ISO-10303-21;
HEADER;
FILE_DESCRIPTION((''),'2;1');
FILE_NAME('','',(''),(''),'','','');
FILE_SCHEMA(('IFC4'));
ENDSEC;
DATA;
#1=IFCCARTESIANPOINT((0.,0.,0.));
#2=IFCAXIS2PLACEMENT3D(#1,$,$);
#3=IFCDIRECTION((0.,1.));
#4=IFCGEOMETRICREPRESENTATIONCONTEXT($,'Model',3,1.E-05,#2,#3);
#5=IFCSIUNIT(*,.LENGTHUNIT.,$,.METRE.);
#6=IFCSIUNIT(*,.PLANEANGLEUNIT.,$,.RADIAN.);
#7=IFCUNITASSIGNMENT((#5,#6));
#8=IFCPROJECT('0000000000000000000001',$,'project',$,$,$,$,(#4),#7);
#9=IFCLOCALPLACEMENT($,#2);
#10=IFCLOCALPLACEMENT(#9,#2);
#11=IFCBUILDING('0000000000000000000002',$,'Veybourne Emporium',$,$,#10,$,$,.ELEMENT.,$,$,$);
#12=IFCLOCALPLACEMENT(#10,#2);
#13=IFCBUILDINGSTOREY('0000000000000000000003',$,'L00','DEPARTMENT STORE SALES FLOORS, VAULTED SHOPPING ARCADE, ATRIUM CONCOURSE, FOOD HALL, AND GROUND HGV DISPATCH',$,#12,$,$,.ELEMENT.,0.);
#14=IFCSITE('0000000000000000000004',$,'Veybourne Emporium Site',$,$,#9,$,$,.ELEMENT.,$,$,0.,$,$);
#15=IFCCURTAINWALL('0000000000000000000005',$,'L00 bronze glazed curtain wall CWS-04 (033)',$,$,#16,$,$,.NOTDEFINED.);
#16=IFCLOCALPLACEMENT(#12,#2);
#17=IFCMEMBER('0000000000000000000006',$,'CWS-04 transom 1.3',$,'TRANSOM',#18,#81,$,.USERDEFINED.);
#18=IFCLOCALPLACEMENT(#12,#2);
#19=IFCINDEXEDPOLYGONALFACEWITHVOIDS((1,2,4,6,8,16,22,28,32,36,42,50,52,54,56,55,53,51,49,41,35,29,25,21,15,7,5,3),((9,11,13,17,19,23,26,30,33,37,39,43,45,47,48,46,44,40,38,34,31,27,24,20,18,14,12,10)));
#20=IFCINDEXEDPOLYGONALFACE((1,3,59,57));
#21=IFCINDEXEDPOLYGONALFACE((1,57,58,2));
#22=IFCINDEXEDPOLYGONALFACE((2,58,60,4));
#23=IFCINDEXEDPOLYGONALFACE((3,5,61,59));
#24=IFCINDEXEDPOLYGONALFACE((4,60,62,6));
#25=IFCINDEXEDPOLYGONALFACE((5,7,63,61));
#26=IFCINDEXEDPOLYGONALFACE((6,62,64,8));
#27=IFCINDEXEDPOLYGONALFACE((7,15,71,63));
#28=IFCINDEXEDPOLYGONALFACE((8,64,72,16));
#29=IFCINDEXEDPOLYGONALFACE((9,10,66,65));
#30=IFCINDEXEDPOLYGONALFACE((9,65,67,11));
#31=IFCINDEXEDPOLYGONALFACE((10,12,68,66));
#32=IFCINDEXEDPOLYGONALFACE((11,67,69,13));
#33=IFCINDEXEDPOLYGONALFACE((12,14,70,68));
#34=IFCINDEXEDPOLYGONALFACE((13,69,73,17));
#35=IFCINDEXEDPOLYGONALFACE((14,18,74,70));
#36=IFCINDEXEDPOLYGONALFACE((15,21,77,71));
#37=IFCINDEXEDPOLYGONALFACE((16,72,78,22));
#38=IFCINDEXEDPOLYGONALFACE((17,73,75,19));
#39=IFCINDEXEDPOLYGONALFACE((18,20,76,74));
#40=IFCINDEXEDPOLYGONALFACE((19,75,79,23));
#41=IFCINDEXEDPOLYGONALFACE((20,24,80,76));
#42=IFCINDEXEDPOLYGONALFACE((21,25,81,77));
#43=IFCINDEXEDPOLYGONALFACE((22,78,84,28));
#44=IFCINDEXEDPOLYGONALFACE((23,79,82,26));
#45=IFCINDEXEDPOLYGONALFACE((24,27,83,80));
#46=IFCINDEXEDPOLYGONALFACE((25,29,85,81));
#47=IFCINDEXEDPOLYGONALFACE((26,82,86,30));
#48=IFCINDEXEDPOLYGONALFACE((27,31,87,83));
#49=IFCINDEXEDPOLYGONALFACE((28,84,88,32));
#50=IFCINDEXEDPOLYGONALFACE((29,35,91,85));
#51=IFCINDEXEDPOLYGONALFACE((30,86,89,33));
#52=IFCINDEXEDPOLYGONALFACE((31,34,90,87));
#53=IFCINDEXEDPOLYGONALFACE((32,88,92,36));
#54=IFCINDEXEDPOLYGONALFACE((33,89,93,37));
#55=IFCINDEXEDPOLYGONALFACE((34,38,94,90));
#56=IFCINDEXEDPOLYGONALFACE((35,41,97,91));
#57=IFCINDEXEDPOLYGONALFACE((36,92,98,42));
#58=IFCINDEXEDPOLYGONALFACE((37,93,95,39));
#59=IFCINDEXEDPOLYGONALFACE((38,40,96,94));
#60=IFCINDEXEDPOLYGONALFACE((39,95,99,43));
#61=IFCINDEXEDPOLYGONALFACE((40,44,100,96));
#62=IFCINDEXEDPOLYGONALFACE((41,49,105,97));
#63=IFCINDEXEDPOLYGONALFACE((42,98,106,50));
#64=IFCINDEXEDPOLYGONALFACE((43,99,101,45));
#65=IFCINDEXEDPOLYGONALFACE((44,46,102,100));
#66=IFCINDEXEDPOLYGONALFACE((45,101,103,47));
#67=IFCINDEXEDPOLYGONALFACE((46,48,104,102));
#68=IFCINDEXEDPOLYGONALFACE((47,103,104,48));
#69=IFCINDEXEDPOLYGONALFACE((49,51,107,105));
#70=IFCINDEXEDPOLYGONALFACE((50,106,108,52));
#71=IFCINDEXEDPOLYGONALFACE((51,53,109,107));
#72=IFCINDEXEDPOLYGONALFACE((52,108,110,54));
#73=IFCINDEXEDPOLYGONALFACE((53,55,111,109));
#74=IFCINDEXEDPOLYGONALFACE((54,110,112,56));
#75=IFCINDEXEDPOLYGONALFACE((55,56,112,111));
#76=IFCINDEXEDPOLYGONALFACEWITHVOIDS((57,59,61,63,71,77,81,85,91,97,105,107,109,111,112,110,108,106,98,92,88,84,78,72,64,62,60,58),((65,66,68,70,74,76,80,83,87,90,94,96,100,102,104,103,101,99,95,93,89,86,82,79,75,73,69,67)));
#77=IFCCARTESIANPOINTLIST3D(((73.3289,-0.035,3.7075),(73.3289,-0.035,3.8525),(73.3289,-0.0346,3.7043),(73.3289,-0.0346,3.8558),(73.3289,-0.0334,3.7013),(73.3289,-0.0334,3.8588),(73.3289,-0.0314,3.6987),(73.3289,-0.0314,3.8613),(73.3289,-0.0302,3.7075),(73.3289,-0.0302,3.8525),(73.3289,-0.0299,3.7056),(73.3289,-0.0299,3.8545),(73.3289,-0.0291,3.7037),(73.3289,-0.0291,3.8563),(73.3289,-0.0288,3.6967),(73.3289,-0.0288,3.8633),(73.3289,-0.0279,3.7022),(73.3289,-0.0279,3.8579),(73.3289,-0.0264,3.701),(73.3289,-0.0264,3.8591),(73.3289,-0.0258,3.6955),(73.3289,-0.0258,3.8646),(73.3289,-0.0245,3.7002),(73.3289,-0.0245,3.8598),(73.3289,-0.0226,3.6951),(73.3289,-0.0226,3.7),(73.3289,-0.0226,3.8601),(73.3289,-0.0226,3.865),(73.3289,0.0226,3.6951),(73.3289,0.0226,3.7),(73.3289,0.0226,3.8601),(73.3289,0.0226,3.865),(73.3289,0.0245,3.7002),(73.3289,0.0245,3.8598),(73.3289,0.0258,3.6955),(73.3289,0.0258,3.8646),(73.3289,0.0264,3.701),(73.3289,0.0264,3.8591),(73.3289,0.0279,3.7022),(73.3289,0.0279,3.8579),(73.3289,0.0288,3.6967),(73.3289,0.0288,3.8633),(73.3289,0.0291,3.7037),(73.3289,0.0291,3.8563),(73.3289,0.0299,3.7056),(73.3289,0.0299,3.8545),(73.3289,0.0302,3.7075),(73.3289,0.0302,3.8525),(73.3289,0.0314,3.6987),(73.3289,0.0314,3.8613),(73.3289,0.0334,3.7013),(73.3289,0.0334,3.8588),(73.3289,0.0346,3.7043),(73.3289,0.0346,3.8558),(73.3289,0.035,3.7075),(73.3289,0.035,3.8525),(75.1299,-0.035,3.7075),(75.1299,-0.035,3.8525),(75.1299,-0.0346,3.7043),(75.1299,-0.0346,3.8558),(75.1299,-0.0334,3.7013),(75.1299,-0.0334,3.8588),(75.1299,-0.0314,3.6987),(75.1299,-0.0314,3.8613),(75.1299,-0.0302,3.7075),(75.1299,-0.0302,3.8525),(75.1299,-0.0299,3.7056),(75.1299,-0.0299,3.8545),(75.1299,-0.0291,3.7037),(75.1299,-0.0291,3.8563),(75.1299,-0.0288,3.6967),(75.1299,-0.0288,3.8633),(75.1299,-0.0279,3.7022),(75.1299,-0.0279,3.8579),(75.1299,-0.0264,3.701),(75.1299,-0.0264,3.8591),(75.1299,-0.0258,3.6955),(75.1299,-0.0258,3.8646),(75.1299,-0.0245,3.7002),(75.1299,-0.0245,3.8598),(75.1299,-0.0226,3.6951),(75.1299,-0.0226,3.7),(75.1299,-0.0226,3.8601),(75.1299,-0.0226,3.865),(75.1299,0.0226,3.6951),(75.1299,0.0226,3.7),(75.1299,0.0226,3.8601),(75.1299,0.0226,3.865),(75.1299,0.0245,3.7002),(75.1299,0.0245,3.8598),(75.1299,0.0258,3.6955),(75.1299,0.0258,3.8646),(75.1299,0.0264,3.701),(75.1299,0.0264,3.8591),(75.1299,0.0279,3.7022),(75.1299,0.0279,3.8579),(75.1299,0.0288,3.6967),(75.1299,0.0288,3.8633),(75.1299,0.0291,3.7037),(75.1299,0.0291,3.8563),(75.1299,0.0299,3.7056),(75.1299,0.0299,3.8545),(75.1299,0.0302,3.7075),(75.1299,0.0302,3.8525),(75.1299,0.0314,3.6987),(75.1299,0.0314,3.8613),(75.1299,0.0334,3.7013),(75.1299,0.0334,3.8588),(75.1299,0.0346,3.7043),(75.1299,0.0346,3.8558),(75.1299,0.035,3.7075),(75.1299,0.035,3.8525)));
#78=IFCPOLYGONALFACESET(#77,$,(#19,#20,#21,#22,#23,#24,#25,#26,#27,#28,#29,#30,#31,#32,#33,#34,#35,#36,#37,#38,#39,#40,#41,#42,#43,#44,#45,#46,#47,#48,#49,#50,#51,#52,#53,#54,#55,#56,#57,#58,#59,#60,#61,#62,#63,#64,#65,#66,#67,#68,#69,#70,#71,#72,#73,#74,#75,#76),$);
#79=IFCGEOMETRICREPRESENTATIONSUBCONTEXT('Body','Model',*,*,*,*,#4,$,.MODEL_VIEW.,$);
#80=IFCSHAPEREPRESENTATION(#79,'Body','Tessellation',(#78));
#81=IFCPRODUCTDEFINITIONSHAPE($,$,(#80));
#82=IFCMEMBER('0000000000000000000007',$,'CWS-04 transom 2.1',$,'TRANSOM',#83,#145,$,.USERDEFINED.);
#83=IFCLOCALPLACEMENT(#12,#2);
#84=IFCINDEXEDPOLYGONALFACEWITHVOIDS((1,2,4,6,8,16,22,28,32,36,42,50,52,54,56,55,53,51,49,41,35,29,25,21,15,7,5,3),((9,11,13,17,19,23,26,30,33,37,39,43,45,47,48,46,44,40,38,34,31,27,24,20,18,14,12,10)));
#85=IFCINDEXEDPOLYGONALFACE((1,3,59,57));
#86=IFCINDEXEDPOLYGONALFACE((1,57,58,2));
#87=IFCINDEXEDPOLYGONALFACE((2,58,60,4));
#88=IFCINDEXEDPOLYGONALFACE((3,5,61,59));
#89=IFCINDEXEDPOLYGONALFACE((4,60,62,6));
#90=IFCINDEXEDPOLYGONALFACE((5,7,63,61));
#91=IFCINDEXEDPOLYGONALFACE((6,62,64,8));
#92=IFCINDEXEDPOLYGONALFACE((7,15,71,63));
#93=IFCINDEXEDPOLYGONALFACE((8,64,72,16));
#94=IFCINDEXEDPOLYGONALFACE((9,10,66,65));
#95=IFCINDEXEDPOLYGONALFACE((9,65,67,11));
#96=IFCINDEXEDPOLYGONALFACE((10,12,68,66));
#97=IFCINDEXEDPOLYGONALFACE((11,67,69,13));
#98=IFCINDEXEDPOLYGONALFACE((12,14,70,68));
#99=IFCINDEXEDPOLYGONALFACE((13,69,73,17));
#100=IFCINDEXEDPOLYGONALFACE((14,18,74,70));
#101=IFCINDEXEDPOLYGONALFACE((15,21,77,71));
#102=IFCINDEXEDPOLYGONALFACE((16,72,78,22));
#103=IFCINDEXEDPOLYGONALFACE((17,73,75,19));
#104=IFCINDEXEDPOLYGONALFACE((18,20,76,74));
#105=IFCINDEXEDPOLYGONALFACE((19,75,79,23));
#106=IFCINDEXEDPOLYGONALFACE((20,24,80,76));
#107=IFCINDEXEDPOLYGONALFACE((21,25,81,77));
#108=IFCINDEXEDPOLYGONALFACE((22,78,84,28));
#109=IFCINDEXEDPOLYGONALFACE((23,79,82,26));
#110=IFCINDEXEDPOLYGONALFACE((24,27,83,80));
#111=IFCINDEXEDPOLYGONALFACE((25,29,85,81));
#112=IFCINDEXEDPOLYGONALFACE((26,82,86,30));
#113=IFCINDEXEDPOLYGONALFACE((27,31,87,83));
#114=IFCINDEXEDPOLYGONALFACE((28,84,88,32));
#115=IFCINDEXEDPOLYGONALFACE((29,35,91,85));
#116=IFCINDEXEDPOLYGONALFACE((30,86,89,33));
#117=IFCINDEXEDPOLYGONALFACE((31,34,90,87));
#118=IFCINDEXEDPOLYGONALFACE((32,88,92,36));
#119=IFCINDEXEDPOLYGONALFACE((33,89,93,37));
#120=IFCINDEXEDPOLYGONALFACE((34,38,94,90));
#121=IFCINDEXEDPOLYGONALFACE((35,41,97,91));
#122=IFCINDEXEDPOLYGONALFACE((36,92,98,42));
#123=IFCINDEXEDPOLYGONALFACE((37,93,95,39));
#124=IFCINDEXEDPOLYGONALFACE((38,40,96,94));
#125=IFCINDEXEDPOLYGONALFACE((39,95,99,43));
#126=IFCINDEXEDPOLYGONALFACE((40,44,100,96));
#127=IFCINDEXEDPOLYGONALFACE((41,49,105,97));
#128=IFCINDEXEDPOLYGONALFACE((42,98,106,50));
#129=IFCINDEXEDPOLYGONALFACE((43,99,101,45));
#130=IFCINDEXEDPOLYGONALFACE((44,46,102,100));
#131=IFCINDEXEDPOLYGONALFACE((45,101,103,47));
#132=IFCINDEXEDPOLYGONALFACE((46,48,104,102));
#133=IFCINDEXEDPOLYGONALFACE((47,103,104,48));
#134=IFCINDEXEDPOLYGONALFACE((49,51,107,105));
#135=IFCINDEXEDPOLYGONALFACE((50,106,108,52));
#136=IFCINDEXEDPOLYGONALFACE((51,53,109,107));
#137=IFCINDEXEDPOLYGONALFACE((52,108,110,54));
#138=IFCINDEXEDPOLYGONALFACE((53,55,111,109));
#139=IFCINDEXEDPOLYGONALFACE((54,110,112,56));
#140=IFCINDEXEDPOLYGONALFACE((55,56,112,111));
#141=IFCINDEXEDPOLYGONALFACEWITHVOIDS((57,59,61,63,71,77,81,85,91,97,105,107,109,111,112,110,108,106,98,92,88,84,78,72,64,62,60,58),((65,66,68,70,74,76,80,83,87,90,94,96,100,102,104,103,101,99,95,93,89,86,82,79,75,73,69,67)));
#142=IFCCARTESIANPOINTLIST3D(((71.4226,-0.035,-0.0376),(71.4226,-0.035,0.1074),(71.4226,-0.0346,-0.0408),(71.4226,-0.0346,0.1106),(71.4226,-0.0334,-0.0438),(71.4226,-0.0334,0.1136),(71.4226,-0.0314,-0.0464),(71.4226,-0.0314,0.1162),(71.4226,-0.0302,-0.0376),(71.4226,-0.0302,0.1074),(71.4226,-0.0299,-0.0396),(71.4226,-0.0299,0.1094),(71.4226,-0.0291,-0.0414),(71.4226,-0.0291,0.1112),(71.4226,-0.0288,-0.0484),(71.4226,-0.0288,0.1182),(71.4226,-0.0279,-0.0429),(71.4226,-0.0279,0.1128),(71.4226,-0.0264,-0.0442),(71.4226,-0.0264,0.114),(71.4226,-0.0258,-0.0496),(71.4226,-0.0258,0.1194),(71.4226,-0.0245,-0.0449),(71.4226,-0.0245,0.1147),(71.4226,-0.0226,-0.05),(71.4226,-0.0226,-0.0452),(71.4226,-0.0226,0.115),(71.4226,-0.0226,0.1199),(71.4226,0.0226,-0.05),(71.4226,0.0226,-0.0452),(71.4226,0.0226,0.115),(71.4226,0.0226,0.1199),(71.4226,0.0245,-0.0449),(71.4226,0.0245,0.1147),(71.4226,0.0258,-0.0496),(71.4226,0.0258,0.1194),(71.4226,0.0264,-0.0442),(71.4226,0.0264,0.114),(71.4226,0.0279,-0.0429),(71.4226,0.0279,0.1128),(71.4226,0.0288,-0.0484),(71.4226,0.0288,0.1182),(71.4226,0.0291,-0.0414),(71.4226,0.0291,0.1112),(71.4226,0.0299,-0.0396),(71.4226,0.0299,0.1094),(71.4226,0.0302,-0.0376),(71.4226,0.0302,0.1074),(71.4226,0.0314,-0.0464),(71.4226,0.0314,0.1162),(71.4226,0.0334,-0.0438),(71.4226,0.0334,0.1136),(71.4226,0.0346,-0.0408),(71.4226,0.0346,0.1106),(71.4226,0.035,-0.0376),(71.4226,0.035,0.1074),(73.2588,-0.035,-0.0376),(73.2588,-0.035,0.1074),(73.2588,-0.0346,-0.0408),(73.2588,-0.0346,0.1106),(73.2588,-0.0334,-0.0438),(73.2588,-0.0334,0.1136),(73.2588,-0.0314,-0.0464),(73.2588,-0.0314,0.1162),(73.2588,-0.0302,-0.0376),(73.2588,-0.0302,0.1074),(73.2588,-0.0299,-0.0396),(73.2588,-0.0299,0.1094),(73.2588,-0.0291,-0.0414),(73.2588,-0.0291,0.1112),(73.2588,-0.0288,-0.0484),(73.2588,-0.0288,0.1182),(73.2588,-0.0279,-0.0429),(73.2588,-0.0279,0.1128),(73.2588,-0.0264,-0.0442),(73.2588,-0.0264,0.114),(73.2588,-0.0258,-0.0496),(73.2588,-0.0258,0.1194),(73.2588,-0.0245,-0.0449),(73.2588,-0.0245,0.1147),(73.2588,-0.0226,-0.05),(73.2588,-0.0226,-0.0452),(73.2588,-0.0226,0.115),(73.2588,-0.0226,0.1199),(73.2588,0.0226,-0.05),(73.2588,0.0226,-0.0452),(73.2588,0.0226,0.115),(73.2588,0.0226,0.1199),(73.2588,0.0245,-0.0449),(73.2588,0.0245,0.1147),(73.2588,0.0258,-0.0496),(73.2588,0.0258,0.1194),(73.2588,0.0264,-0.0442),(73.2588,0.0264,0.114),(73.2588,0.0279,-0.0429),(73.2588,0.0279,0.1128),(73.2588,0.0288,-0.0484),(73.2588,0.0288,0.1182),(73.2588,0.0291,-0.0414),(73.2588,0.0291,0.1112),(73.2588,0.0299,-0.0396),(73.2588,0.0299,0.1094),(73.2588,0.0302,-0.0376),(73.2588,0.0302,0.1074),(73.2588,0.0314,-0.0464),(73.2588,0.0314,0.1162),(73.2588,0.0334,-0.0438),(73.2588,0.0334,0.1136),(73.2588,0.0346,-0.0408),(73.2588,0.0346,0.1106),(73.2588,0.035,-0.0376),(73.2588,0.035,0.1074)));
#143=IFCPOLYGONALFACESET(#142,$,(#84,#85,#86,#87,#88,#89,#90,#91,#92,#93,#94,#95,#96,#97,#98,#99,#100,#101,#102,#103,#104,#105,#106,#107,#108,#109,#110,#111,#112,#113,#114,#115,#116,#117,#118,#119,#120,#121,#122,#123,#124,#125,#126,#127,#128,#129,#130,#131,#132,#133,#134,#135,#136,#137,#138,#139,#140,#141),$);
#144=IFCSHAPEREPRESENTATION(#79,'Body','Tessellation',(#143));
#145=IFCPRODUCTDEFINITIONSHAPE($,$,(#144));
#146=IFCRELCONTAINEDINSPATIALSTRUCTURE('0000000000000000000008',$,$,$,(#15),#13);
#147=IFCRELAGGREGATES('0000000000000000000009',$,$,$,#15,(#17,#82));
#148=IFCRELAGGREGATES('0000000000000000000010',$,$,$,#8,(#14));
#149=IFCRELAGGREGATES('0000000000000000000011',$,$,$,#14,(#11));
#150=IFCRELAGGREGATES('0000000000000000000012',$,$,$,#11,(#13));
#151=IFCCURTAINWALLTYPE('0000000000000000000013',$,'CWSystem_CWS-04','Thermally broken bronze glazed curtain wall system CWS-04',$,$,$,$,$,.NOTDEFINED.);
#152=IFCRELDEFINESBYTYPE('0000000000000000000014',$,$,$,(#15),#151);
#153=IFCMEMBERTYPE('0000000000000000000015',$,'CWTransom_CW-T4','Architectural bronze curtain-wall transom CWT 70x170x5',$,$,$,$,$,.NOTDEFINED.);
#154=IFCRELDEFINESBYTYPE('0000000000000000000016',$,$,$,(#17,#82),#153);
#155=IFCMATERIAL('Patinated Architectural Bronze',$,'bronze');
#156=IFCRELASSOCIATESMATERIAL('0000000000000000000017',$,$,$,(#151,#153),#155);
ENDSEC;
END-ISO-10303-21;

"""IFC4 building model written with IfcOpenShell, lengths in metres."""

from ifc_helpers import new_model, si_unit, direction, frame, origin, origin_2d, place, context, subcontext, project, spatial, hollow_rectangle, extrude, material, material_profile, profile_set, type_object, element, aggregate, save


model = new_model("IFC4")

# Units and contexts
model_context = context("Model", 3, precision=1e-05, world=origin(), true_north=direction((0.0, 1.0)))
body_context = subcontext(model_context, "Body", "Model", "MODEL_VIEW")
ifc_project = project(units=[si_unit("LENGTHUNIT", "METRE"), si_unit("PLANEANGLEUNIT", "RADIAN")], contexts=[model_context])

# Site, building, storey
site_placement = place(None, origin())
site = spatial("IfcSite", under=ifc_project, at=site_placement, Name="Veybourne Emporium Site", CompositionType="ELEMENT", RefElevation=0.0)
building_placement = place(site_placement, origin())
building = spatial("IfcBuilding", under=site, at=building_placement, Name="Veybourne Emporium", CompositionType="ELEMENT")
storey_placement = place(building_placement, origin())
storey = spatial("IfcBuildingStorey", under=building, at=storey_placement, Name="L00", Description="DEPARTMENT STORE SALES FLOORS, VAULTED SHOPPING ARCADE, ATRIUM CONCOURSE, FOOD HALL, AND GROUND HGV DISPATCH", CompositionType="ELEMENT", Elevation=0.0)

# Curtain wall, members
ifc_material_1 = material(Name="Patinated Architectural Bronze", Category="bronze")
curtain_wall_type = type_object("IfcCurtainWallType", Name="CWSystem_CWS-04", Description="Thermally broken bronze glazed curtain wall system CWS-04", PredefinedType="NOTDEFINED", material=ifc_material_1)
curtain_wall_placement = place(storey_placement, origin())
curtain_wall = element("IfcCurtainWall", 1, at=curtain_wall_placement, inside=storey, type_object=curtain_wall_type, Name="L00 bronze glazed curtain wall CWS-04 (033)", PredefinedType="NOTDEFINED")
ifc_material_profile_1 = material_profile(ifc_material_1, hollow_rectangle(XDim=0.0701, YDim=0.1699, WallThickness=0.0049, InnerFilletRadius=0.0076, OuterFilletRadius=0.0125, at=origin_2d()), Name="CWT 70x170x5")
ifc_profile_set_1 = profile_set([ifc_material_profile_1], Name="Patinated Architectural Bronze")
member_type_1 = type_object("IfcMemberType", Name="CWTransom_CW-T4", Description="Architectural bronze curtain-wall transom CWT 70x170x5", PredefinedType="NOTDEFINED", material=ifc_profile_set_1)
member_1_placement = place(storey_placement, frame((75.1299, 0.0, 3.78), z_axis=(-1.0, 0.0, 0.0), x_axis=(0.0, -1.0, 0.0)))
member_1 = element("IfcMember", 2, at=member_1_placement, type_object=member_type_1, Name="CWS-04 transom 1.3", ObjectType="TRANSOM", PredefinedType="USERDEFINED", context=body_context, shape_type="SweptSolid", body=[
    extrude(hollow_rectangle(XDim=0.0701, YDim=0.1699, WallThickness=0.0049, InnerFilletRadius=0.0076, OuterFilletRadius=0.0125, at=origin_2d()), origin(), (0.0, 0.0, 1.0), 1.801),
])
member_2_placement = place(storey_placement, frame((73.2588, 0.0, 0.0349), z_axis=(-1.0, 0.0, 0.0), x_axis=(0.0, -1.0, 0.0)))
member_2 = element("IfcMember", 3, at=member_2_placement, type_object=member_type_1, Name="CWS-04 transom 2.1", ObjectType="TRANSOM", PredefinedType="USERDEFINED", context=body_context, shape_type="SweptSolid", body=[
    extrude(hollow_rectangle(XDim=0.0701, YDim=0.1699, WallThickness=0.0049, InnerFilletRadius=0.0076, OuterFilletRadius=0.0125, at=origin_2d()), origin(), (0.0, 0.0, 1.0), 1.8362),
])

aggregate(curtain_wall, [member_1, member_2])

save(model, "model.ifc")
